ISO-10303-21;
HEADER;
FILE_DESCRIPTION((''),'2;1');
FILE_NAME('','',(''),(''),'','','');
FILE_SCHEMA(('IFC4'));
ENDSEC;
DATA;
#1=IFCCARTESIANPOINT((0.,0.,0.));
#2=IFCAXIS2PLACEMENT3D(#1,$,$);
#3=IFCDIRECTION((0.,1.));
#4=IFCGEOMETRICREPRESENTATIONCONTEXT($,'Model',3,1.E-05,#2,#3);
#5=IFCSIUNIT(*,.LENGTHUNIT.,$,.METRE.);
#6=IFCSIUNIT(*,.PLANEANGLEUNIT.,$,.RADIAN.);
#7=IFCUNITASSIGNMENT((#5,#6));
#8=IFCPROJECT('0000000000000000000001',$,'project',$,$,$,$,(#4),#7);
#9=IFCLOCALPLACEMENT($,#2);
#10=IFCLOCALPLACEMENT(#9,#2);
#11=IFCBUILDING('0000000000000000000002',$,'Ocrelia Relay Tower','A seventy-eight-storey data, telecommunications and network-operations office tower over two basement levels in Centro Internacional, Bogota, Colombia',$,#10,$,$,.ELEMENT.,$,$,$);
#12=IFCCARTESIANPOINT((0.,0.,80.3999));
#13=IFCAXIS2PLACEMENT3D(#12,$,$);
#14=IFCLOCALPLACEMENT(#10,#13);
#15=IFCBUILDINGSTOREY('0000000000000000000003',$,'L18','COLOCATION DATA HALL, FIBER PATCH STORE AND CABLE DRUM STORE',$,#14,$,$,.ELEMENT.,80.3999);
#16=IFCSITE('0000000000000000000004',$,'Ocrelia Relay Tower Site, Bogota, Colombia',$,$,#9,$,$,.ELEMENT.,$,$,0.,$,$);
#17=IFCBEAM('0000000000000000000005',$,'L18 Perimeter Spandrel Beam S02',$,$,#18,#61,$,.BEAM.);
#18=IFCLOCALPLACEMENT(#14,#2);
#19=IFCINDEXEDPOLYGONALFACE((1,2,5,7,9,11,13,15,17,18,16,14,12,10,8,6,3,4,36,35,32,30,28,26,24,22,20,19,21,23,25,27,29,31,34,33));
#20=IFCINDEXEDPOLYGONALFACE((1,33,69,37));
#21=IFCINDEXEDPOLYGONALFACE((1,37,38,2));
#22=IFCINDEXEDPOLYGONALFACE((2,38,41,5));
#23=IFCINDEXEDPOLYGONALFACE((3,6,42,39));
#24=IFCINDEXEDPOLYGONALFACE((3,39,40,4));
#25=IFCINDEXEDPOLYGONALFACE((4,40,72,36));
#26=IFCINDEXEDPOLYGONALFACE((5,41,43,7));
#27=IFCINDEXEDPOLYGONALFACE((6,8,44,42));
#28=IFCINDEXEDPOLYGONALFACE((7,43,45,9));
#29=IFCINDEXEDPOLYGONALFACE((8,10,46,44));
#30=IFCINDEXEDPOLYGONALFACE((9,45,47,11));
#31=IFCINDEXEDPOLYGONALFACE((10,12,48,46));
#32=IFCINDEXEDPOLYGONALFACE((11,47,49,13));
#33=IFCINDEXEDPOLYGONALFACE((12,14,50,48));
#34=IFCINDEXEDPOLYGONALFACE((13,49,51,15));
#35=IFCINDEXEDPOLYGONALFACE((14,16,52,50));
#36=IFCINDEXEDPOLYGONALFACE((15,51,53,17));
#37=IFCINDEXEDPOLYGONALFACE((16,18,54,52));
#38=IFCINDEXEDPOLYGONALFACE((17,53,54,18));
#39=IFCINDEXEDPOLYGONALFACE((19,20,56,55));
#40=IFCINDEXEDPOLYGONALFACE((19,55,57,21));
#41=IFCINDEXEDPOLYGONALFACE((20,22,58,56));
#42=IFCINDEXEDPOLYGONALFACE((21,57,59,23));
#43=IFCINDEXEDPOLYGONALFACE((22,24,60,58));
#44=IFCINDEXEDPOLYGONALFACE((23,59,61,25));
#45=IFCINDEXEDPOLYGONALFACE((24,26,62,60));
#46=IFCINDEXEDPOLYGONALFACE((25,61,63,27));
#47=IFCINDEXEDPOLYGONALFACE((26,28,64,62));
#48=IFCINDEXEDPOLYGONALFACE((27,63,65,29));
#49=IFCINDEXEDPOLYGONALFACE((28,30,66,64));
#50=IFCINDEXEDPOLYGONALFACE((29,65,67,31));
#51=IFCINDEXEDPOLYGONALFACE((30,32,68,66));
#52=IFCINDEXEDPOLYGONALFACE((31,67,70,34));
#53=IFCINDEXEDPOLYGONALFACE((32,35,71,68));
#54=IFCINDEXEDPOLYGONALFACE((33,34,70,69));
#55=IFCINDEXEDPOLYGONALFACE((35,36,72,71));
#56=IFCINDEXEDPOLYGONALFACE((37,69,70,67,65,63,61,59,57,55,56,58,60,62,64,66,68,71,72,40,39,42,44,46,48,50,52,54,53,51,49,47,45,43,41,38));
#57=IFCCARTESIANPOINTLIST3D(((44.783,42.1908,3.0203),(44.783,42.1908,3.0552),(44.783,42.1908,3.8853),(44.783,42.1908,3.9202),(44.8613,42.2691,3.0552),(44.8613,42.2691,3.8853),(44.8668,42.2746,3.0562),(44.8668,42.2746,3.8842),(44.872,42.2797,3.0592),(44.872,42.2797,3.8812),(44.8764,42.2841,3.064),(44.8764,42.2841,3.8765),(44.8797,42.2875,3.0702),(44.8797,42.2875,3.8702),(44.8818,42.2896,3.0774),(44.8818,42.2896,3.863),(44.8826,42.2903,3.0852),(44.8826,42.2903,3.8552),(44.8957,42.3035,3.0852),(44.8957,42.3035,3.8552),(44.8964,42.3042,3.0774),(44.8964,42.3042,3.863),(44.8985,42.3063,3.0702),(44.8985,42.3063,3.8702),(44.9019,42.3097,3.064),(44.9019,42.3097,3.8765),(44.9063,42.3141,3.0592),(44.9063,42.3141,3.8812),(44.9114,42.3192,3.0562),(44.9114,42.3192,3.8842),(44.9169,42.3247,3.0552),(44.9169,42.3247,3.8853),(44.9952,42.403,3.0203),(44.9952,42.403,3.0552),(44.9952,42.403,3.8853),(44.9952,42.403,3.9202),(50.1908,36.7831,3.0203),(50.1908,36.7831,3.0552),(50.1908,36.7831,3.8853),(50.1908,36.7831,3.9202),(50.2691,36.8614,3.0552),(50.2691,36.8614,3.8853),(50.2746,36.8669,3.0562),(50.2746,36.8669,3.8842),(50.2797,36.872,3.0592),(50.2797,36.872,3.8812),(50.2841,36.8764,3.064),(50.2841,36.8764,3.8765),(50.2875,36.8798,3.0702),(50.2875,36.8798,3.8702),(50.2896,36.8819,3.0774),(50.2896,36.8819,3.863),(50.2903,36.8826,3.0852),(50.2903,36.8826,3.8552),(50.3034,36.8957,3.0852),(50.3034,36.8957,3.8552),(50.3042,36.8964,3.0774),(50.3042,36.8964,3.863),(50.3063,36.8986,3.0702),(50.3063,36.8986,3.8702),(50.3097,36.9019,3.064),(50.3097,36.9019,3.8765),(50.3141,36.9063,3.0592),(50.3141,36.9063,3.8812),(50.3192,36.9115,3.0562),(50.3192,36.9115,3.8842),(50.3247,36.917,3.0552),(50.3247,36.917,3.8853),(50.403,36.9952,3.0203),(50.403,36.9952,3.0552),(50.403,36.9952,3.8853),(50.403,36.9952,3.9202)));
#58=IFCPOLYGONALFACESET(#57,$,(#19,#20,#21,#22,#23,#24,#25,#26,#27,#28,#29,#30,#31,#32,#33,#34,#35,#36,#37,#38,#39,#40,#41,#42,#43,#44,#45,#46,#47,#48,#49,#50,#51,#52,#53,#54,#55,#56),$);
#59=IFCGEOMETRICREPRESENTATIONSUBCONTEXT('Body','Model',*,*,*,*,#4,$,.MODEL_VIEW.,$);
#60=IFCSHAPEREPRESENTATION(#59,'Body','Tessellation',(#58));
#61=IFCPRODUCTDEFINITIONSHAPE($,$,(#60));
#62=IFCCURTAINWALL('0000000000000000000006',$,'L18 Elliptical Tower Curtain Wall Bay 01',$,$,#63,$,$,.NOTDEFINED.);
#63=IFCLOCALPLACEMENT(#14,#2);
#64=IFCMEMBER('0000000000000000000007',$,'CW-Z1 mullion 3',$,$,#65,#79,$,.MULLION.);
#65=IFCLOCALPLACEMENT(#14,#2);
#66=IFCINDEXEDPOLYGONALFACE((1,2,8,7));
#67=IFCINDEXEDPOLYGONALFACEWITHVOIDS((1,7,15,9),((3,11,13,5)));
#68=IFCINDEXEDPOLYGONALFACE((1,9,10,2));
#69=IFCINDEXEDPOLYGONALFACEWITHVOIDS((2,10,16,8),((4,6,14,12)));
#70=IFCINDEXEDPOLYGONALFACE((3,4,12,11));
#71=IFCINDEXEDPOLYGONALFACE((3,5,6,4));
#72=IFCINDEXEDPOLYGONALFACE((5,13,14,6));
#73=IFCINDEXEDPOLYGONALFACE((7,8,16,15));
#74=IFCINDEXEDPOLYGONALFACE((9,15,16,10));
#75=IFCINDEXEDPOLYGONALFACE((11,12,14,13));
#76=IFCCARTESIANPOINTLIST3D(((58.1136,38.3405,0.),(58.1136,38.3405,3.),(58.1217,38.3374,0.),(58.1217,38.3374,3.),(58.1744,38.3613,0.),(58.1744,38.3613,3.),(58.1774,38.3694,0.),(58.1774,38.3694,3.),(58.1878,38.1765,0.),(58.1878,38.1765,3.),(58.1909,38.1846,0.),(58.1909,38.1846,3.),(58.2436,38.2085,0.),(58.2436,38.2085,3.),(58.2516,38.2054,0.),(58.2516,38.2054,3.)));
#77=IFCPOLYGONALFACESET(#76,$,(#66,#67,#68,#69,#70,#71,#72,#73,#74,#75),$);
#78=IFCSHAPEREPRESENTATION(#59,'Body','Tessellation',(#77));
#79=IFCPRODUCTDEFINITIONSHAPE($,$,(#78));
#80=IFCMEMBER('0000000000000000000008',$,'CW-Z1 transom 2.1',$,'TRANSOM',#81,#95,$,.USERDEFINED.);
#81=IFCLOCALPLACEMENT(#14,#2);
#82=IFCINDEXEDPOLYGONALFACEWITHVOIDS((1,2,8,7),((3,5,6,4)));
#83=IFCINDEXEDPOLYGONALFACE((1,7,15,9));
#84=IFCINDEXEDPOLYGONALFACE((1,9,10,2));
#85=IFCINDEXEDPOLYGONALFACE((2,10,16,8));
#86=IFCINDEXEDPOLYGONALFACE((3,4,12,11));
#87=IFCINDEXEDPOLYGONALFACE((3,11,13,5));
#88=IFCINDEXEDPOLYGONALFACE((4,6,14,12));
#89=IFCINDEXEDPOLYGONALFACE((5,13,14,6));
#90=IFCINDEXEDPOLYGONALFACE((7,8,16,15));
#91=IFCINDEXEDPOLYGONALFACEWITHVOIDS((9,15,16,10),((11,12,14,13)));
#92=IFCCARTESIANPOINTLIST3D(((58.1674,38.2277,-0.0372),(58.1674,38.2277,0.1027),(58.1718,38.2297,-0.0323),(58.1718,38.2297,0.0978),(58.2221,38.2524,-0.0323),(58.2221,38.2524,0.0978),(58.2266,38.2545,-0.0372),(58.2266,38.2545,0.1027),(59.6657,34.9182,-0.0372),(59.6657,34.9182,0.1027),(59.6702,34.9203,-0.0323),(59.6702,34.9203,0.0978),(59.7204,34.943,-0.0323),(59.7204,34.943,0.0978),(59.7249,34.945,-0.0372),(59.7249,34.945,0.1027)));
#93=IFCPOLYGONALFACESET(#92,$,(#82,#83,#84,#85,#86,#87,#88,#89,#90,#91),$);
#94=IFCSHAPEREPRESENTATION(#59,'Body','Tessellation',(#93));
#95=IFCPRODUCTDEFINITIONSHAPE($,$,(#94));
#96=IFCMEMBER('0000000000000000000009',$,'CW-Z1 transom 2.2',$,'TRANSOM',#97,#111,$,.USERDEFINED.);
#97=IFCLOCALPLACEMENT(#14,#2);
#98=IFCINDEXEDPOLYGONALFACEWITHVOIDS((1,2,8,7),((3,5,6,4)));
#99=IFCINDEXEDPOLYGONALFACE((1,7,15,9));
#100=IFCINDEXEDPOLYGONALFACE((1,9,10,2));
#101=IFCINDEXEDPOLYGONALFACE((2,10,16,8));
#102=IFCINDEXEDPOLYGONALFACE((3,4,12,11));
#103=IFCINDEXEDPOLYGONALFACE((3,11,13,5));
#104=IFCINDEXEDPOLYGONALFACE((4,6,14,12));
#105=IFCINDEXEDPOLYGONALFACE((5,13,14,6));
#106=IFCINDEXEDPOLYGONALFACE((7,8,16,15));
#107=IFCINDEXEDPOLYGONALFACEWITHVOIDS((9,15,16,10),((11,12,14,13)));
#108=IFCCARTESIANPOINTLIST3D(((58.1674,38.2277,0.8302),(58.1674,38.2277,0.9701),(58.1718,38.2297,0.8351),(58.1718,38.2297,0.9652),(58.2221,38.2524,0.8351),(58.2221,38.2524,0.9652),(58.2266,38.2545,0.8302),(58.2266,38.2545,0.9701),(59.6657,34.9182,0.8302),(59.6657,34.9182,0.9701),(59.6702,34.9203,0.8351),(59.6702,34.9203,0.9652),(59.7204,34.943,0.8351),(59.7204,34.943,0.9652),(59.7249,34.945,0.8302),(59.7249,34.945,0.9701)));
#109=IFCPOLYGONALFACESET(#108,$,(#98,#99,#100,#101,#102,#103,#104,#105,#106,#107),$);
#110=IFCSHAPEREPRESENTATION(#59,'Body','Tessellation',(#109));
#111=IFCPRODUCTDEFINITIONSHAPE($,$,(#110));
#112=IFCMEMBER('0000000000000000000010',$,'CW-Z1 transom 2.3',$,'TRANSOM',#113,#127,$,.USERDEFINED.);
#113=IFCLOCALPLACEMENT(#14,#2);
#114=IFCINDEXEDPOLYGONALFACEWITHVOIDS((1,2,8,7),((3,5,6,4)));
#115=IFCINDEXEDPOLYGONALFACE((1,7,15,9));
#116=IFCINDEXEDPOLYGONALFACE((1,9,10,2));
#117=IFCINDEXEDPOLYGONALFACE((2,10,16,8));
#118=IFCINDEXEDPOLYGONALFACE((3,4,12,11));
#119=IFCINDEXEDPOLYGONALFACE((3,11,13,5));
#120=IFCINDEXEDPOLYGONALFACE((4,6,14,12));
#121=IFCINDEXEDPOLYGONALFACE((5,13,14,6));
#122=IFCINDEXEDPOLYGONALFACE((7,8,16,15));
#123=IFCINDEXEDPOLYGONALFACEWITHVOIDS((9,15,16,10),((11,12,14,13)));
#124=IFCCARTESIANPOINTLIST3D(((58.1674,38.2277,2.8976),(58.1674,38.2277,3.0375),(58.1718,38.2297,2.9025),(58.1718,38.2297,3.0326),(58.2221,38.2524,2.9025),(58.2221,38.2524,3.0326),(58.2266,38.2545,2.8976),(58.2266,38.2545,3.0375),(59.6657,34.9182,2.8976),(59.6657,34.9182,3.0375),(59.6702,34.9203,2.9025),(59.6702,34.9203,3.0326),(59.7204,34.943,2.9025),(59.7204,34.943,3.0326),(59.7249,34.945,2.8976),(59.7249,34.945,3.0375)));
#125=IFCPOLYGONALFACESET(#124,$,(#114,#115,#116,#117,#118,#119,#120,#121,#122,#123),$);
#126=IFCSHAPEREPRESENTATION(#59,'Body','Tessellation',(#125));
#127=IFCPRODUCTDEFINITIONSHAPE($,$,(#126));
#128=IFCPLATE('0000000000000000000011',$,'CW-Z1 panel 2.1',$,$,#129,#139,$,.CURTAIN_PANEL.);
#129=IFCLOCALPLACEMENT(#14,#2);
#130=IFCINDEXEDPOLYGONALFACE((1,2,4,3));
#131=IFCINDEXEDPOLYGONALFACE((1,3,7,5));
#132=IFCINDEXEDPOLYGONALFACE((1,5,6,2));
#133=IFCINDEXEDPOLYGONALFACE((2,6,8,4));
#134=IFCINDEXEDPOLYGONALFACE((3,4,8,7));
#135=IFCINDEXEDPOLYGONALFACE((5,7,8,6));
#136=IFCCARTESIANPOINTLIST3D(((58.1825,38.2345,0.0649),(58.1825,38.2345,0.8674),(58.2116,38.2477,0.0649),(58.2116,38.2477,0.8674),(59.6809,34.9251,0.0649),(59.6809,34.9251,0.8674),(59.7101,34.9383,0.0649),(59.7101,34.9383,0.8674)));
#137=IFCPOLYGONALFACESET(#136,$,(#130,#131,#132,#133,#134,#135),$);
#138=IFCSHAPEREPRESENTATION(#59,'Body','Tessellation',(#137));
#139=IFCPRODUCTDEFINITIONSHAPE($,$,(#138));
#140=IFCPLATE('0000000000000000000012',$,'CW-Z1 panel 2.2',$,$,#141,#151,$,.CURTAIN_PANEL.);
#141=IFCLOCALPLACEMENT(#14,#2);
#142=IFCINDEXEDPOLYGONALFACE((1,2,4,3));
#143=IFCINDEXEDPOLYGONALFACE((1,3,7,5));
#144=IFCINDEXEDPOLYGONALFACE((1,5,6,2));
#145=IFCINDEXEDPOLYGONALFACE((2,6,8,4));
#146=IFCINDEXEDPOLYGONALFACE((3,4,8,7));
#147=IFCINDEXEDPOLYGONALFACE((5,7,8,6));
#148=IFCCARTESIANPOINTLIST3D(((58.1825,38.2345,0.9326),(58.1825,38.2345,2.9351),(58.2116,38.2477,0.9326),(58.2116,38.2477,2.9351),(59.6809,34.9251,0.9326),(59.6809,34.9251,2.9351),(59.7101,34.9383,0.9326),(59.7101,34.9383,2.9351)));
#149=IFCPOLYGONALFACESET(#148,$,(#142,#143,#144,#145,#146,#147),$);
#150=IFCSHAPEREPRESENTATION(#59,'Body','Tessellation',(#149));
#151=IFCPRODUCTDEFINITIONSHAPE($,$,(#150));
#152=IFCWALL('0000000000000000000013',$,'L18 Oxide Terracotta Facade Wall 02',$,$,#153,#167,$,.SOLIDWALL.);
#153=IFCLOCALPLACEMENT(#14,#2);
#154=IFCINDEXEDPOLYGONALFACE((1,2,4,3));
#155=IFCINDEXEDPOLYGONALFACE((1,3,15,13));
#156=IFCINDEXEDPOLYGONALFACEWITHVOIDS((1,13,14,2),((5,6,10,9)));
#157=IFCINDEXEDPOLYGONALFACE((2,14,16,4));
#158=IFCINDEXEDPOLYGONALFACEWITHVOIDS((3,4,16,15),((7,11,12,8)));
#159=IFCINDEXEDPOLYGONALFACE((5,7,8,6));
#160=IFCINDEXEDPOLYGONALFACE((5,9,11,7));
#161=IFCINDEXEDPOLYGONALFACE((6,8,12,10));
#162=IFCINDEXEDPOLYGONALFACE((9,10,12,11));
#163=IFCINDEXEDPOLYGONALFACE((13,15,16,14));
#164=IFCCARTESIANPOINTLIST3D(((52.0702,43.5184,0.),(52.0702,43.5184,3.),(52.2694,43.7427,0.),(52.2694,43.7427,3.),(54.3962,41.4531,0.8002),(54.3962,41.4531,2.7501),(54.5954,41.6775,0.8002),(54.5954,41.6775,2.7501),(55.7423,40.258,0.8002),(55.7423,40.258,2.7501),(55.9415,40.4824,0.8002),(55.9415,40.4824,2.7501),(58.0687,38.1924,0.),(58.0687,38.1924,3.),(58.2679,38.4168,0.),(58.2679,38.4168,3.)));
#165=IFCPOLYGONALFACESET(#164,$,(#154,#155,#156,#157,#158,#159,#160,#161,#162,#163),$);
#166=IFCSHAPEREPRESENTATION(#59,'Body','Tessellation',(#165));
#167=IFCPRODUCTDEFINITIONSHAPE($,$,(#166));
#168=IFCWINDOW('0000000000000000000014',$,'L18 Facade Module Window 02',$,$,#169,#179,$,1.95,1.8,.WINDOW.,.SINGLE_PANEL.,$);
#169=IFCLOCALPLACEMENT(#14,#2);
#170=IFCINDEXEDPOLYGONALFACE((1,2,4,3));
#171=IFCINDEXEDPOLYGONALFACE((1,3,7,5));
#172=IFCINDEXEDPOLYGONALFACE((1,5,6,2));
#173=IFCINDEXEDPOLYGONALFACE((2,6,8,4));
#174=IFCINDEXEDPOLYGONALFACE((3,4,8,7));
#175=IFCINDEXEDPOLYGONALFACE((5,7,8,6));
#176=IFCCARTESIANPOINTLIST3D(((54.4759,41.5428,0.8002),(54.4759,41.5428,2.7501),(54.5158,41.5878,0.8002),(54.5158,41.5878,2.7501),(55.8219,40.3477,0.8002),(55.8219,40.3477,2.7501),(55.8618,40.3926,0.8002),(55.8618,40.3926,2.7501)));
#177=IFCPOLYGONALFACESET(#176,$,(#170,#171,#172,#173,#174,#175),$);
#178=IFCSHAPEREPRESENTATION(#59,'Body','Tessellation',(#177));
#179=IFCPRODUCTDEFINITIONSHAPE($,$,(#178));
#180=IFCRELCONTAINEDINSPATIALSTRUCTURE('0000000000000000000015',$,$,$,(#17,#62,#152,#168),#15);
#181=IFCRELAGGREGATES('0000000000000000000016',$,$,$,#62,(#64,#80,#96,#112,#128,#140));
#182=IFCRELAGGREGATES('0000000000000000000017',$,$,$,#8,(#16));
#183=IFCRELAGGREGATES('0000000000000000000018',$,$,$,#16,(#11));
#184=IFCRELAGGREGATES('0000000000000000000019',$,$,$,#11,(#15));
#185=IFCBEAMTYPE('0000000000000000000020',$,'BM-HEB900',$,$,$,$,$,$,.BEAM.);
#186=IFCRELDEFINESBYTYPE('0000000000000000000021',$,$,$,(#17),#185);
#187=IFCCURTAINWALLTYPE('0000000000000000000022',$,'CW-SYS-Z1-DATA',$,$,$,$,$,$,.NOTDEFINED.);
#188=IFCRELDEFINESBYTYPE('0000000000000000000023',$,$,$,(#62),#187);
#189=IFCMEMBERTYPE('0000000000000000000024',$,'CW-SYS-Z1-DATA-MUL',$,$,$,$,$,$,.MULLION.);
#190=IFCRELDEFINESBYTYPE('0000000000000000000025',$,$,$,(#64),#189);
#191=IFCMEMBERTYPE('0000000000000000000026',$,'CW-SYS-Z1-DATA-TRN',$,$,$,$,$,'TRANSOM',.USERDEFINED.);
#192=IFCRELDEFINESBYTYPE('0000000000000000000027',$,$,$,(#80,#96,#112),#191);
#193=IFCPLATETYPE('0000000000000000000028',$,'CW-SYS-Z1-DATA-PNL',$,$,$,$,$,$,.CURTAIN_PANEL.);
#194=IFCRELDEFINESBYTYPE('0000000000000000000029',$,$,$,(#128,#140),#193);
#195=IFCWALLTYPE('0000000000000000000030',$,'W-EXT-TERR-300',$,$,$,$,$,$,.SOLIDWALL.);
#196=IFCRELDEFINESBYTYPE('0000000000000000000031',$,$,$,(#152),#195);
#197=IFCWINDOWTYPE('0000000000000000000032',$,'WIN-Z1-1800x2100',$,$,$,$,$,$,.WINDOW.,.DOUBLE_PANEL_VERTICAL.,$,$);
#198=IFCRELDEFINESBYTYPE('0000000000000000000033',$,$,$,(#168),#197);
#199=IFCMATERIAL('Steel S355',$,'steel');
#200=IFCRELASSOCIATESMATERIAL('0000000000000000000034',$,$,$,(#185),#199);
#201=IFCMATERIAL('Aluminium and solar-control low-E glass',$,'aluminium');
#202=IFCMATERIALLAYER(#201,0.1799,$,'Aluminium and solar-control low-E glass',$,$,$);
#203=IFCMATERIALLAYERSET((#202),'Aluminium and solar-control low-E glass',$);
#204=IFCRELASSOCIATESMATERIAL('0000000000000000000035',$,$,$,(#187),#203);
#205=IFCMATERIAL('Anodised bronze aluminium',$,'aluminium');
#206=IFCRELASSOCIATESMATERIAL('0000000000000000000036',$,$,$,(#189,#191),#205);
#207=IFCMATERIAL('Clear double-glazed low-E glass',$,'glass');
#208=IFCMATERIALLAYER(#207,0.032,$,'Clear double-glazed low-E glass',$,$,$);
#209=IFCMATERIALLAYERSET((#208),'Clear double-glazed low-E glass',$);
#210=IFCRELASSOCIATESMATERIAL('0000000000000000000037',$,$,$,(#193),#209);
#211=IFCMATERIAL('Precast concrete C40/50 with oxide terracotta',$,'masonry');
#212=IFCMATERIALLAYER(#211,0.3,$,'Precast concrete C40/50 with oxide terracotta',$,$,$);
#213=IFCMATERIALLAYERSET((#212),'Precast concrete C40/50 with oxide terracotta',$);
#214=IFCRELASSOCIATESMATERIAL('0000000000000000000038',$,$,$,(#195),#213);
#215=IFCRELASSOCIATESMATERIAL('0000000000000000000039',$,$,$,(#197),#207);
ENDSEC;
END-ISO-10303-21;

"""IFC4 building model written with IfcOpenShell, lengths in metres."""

from ifc_helpers import new_model, si_unit, direction, frame, frame_2d, origin, origin_2d, place, context, subcontext, project, spatial, rectangle, hollow_rectangle, i_section, extrude, material, layer, layer_set, material_profile, profile_set, type_object, element, fill, aggregate, save


model = new_model("IFC4")

# Units and contexts
model_context = context("Model", 3, precision=1e-05, world=origin(), true_north=direction((0.0, 1.0)))
body_context = subcontext(model_context, "Body", "Model", "MODEL_VIEW")
ifc_project = project(units=[si_unit("LENGTHUNIT", "METRE"), si_unit("PLANEANGLEUNIT", "RADIAN")], contexts=[model_context])

# Site, building, storey
site_placement = place(None, origin())
site = spatial("IfcSite", under=ifc_project, at=site_placement, Name="Ocrelia Relay Tower Site, Bogota, Colombia", CompositionType="ELEMENT", RefElevation=0.0)
building_placement = place(site_placement, origin())
building = spatial("IfcBuilding", under=site, at=building_placement, Name="Ocrelia Relay Tower", Description="A seventy-eight-storey data, telecommunications and network-operations office tower over two basement levels in Centro Internacional, Bogota, Colombia", CompositionType="ELEMENT")
storey_placement = place(building_placement, frame((0.0, 0.0, 80.3999)))
storey = spatial("IfcBuildingStorey", under=building, at=storey_placement, Name="L18", Description="COLOCATION DATA HALL, FIBER PATCH STORE AND CABLE DRUM STORE", CompositionType="ELEMENT", Elevation=80.3999)

# Beam
ifc_material_1 = material(Name="Steel S355", Category="steel")
ifc_material_profile_1 = material_profile(ifc_material_1, i_section(OverallWidth=0.3, OverallDepth=0.8999, WebThickness=0.0186, FlangeThickness=0.0349, FilletRadius=0.03, at=origin_2d()), Name="HEB 900")
ifc_profile_set_1 = profile_set([ifc_material_profile_1], Name="Steel S355")
beam_type_1 = type_object("IfcBeamType", Name="BM-HEB900", PredefinedType="BEAM", material=ifc_profile_set_1)
beam_1_placement = place(storey_placement, frame((50.2969, 36.8892, 3.4702), z_axis=(-0.707107, 0.707107, 0.0), x_axis=(-0.707107, -0.707107, 0.0)))
element("IfcBeam", 1, at=beam_1_placement, inside=storey, type_object=beam_type_1, Name="L18 Perimeter Spandrel Beam S02", PredefinedType="BEAM", context=body_context, shape_type="SweptSolid", body=[
    extrude(i_section(OverallWidth=0.3, OverallDepth=0.8999, WebThickness=0.0186, FlangeThickness=0.0349, FilletRadius=0.03, at=origin_2d()), origin(), (0.0, 0.0, 1.0), 7.6477),
])

# Curtain wall, members, plates
ifc_material_2 = material(Name="Aluminium and solar-control low-E glass", Category="aluminium")
ifc_layer_1 = layer(ifc_material_2, 0.1799, Name="Aluminium and solar-control low-E glass")
ifc_layer_set_1 = layer_set([ifc_layer_1], Name="Aluminium and solar-control low-E glass")
curtain_wall_type = type_object("IfcCurtainWallType", Name="CW-SYS-Z1-DATA", PredefinedType="NOTDEFINED", material=ifc_layer_set_1)
curtain_wall_placement = place(storey_placement, origin())
curtain_wall = element("IfcCurtainWall", 2, at=curtain_wall_placement, inside=storey, type_object=curtain_wall_type, Name="L18 Elliptical Tower Curtain Wall Bay 01", PredefinedType="NOTDEFINED")
ifc_material_3 = material(Name="Anodised bronze aluminium", Category="aluminium")
ifc_material_profile_2 = material_profile(ifc_material_3, hollow_rectangle(XDim=0.0701, YDim=0.1799, WallThickness=0.0061, at=origin_2d()), Name="CW-MUL-180x70")
ifc_profile_set_2 = profile_set([ifc_material_profile_2], Name="Anodised bronze aluminium")
member_type_1 = type_object("IfcMemberType", Name="CW-SYS-Z1-DATA-MUL", PredefinedType="MULLION", material=ifc_profile_set_2)
member_1_placement = place(storey_placement, frame((58.1826, 38.2729, 0.0), z_axis=(0.0, 0.0, 1.0), x_axis=(-0.910971, -0.412471, 0.0)))
member_1 = element("IfcMember", 3, at=member_1_placement, type_object=member_type_1, Name="CW-Z1 mullion 3", PredefinedType="MULLION", context=body_context, shape_type="SweptSolid", body=[
    extrude(hollow_rectangle(XDim=0.0701, YDim=0.1799, WallThickness=0.0061, at=origin_2d()), origin(), (0.0, 0.0, 1.0), 3.0),
])
ifc_material_profile_3 = material_profile(ifc_material_3, hollow_rectangle(XDim=0.0649, YDim=0.1399, WallThickness=0.0049, at=origin_2d()), Name="CW-TRN-140x65")
ifc_profile_set_3 = profile_set([ifc_material_profile_3], Name="Anodised bronze aluminium")
member_type_2 = type_object("IfcMemberType", Name="CW-SYS-Z1-DATA-TRN", ElementType="TRANSOM", PredefinedType="USERDEFINED", material=ifc_profile_set_3)
member_2_placement = place(storey_placement, frame((59.6953, 34.9316, 0.0327), z_axis=(-0.412445, 0.910982, 0.0), x_axis=(-0.910982, -0.412445, 0.0)))
member_2 = element("IfcMember", 4, at=member_2_placement, type_object=member_type_2, Name="CW-Z1 transom 2.1", ObjectType="TRANSOM", PredefinedType="USERDEFINED", context=body_context, shape_type="SweptSolid", body=[
    extrude(hollow_rectangle(XDim=0.0649, YDim=0.1399, WallThickness=0.0049, at=origin_2d()), origin(), (0.0, 0.0, 1.0), 3.6328),
])
member_3_placement = place(storey_placement, frame((59.6953, 34.9316, 0.9001), z_axis=(-0.412445, 0.910982, 0.0), x_axis=(-0.910982, -0.412445, 0.0)))
member_3 = element("IfcMember", 5, at=member_3_placement, type_object=member_type_2, Name="CW-Z1 transom 2.2", ObjectType="TRANSOM", PredefinedType="USERDEFINED", context=body_context, shape_type="SweptSolid", body=[
    extrude(hollow_rectangle(XDim=0.0649, YDim=0.1399, WallThickness=0.0049, at=origin_2d()), origin(), (0.0, 0.0, 1.0), 3.6328),
])
member_4_placement = place(storey_placement, frame((59.6953, 34.9316, 2.9675), z_axis=(-0.412445, 0.910982, 0.0), x_axis=(-0.910982, -0.412445, 0.0)))
member_4 = element("IfcMember", 6, at=member_4_placement, type_object=member_type_2, Name="CW-Z1 transom 2.3", ObjectType="TRANSOM", PredefinedType="USERDEFINED", context=body_context, shape_type="SweptSolid", body=[
    extrude(hollow_rectangle(XDim=0.0649, YDim=0.1399, WallThickness=0.0049, at=origin_2d()), origin(), (0.0, 0.0, 1.0), 3.6328),
])
ifc_material_4 = material(Name="Clear double-glazed low-E glass", Category="glass")
ifc_layer_2 = layer(ifc_material_4, 0.032, Name="Clear double-glazed low-E glass")
ifc_layer_set_2 = layer_set([ifc_layer_2], Name="Clear double-glazed low-E glass")
plate_type = type_object("IfcPlateType", Name="CW-SYS-Z1-DATA-PNL", PredefinedType="CURTAIN_PANEL", material=ifc_layer_set_2)
plate_1_placement = place(storey_placement, frame((58.9463, 36.5864, 0.0649), z_axis=(0.0, 0.0, 1.0), x_axis=(-0.412471, 0.910971, 0.0)))
plate_1 = element("IfcPlate", 7, at=plate_1_placement, type_object=plate_type, Name="CW-Z1 panel 2.1", PredefinedType="CURTAIN_PANEL", context=body_context, shape_type="SweptSolid", body=[
    extrude(rectangle(XDim=3.6328, YDim=0.032, at=origin_2d()), origin(), (0.0, 0.0, 1.0), 0.8025),
])
plate_2_placement = place(storey_placement, frame((58.9463, 36.5864, 0.9326), z_axis=(0.0, 0.0, 1.0), x_axis=(-0.412471, 0.910971, 0.0)))
plate_2 = element("IfcPlate", 8, at=plate_2_placement, type_object=plate_type, Name="CW-Z1 panel 2.2", PredefinedType="CURTAIN_PANEL", context=body_context, shape_type="SweptSolid", body=[
    extrude(rectangle(XDim=3.6328, YDim=0.032, at=origin_2d()), origin(), (0.0, 0.0, 1.0), 2.0024),
])
aggregate(curtain_wall, [member_1, member_2, member_3, member_4, plate_1, plate_2])

# Wall, opening, window
ifc_material_5 = material(Name="Precast concrete C40/50 with oxide terracotta", Category="masonry")
ifc_layer_3 = layer(ifc_material_5, 0.3, Name="Precast concrete C40/50 with oxide terracotta")
ifc_layer_set_3 = layer_set([ifc_layer_3], Name="Precast concrete C40/50 with oxide terracotta")
wall_type = type_object("IfcWallType", Name="W-EXT-TERR-300", PredefinedType="SOLIDWALL", material=ifc_layer_set_3)
wall_1_placement = place(storey_placement, frame((58.1682, 38.3047, 0.0), z_axis=(0.0, 0.0, 1.0), x_axis=(-0.747787, 0.663939, 0.0)))
wall_1 = element("IfcWall", 9, at=wall_1_placement, inside=storey, type_object=wall_type, Name="L18 Oxide Terracotta Facade Wall 02", PredefinedType="SOLIDWALL", context=body_context, shape_type="SweptSolid", body=[
    extrude(rectangle(XDim=8.0217, YDim=0.3, at=frame_2d((4.0107, 0.0))), origin(), (0.0, 0.0, 1.0), 3.0),
])
opening_1_placement = place(wall_1_placement, frame((3.1111, 0.0, 0.8)))
opening_1 = element("IfcOpeningElement", 10, at=opening_1_placement, cuts=wall_1, PredefinedType="OPENING", context=body_context, shape_type="SweptSolid", body=[
    extrude(rectangle(XDim=1.8, YDim=1.95, at=frame_2d((0.8999, 0.9751))), frame((0.0, 0.1602, 0.0), z_axis=(0.0, -1.0, 0.0), x_axis=(1.0, 0.0, 0.0)), (0.0, 0.0, 1.0), 0.3201),
])
window_type = type_object("IfcWindowType", Name="WIN-Z1-1800x2100", PartitioningType="DOUBLE_PANEL_VERTICAL", PredefinedType="WINDOW", material=ifc_material_4)
window_1_placement = place(opening_1_placement, origin())
window_1 = element("IfcWindow", 11, at=window_1_placement, inside=storey, type_object=window_type, Name="L18 Facade Module Window 02", OverallHeight=1.95, OverallWidth=1.8, PartitioningType="SINGLE_PANEL", PredefinedType="WINDOW", context=body_context, shape_type="SweptSolid", body=[
    extrude(rectangle(XDim=1.8, YDim=1.95, at=frame_2d((0.8999, 0.9751))), frame((0.0, 0.03, 0.0), z_axis=(0.0, -1.0, 0.0), x_axis=(1.0, 0.0, 0.0)), (0.0, 0.0, 1.0), 0.0601),
])
fill(opening_1, window_1)

save(model, "model.ifc")
